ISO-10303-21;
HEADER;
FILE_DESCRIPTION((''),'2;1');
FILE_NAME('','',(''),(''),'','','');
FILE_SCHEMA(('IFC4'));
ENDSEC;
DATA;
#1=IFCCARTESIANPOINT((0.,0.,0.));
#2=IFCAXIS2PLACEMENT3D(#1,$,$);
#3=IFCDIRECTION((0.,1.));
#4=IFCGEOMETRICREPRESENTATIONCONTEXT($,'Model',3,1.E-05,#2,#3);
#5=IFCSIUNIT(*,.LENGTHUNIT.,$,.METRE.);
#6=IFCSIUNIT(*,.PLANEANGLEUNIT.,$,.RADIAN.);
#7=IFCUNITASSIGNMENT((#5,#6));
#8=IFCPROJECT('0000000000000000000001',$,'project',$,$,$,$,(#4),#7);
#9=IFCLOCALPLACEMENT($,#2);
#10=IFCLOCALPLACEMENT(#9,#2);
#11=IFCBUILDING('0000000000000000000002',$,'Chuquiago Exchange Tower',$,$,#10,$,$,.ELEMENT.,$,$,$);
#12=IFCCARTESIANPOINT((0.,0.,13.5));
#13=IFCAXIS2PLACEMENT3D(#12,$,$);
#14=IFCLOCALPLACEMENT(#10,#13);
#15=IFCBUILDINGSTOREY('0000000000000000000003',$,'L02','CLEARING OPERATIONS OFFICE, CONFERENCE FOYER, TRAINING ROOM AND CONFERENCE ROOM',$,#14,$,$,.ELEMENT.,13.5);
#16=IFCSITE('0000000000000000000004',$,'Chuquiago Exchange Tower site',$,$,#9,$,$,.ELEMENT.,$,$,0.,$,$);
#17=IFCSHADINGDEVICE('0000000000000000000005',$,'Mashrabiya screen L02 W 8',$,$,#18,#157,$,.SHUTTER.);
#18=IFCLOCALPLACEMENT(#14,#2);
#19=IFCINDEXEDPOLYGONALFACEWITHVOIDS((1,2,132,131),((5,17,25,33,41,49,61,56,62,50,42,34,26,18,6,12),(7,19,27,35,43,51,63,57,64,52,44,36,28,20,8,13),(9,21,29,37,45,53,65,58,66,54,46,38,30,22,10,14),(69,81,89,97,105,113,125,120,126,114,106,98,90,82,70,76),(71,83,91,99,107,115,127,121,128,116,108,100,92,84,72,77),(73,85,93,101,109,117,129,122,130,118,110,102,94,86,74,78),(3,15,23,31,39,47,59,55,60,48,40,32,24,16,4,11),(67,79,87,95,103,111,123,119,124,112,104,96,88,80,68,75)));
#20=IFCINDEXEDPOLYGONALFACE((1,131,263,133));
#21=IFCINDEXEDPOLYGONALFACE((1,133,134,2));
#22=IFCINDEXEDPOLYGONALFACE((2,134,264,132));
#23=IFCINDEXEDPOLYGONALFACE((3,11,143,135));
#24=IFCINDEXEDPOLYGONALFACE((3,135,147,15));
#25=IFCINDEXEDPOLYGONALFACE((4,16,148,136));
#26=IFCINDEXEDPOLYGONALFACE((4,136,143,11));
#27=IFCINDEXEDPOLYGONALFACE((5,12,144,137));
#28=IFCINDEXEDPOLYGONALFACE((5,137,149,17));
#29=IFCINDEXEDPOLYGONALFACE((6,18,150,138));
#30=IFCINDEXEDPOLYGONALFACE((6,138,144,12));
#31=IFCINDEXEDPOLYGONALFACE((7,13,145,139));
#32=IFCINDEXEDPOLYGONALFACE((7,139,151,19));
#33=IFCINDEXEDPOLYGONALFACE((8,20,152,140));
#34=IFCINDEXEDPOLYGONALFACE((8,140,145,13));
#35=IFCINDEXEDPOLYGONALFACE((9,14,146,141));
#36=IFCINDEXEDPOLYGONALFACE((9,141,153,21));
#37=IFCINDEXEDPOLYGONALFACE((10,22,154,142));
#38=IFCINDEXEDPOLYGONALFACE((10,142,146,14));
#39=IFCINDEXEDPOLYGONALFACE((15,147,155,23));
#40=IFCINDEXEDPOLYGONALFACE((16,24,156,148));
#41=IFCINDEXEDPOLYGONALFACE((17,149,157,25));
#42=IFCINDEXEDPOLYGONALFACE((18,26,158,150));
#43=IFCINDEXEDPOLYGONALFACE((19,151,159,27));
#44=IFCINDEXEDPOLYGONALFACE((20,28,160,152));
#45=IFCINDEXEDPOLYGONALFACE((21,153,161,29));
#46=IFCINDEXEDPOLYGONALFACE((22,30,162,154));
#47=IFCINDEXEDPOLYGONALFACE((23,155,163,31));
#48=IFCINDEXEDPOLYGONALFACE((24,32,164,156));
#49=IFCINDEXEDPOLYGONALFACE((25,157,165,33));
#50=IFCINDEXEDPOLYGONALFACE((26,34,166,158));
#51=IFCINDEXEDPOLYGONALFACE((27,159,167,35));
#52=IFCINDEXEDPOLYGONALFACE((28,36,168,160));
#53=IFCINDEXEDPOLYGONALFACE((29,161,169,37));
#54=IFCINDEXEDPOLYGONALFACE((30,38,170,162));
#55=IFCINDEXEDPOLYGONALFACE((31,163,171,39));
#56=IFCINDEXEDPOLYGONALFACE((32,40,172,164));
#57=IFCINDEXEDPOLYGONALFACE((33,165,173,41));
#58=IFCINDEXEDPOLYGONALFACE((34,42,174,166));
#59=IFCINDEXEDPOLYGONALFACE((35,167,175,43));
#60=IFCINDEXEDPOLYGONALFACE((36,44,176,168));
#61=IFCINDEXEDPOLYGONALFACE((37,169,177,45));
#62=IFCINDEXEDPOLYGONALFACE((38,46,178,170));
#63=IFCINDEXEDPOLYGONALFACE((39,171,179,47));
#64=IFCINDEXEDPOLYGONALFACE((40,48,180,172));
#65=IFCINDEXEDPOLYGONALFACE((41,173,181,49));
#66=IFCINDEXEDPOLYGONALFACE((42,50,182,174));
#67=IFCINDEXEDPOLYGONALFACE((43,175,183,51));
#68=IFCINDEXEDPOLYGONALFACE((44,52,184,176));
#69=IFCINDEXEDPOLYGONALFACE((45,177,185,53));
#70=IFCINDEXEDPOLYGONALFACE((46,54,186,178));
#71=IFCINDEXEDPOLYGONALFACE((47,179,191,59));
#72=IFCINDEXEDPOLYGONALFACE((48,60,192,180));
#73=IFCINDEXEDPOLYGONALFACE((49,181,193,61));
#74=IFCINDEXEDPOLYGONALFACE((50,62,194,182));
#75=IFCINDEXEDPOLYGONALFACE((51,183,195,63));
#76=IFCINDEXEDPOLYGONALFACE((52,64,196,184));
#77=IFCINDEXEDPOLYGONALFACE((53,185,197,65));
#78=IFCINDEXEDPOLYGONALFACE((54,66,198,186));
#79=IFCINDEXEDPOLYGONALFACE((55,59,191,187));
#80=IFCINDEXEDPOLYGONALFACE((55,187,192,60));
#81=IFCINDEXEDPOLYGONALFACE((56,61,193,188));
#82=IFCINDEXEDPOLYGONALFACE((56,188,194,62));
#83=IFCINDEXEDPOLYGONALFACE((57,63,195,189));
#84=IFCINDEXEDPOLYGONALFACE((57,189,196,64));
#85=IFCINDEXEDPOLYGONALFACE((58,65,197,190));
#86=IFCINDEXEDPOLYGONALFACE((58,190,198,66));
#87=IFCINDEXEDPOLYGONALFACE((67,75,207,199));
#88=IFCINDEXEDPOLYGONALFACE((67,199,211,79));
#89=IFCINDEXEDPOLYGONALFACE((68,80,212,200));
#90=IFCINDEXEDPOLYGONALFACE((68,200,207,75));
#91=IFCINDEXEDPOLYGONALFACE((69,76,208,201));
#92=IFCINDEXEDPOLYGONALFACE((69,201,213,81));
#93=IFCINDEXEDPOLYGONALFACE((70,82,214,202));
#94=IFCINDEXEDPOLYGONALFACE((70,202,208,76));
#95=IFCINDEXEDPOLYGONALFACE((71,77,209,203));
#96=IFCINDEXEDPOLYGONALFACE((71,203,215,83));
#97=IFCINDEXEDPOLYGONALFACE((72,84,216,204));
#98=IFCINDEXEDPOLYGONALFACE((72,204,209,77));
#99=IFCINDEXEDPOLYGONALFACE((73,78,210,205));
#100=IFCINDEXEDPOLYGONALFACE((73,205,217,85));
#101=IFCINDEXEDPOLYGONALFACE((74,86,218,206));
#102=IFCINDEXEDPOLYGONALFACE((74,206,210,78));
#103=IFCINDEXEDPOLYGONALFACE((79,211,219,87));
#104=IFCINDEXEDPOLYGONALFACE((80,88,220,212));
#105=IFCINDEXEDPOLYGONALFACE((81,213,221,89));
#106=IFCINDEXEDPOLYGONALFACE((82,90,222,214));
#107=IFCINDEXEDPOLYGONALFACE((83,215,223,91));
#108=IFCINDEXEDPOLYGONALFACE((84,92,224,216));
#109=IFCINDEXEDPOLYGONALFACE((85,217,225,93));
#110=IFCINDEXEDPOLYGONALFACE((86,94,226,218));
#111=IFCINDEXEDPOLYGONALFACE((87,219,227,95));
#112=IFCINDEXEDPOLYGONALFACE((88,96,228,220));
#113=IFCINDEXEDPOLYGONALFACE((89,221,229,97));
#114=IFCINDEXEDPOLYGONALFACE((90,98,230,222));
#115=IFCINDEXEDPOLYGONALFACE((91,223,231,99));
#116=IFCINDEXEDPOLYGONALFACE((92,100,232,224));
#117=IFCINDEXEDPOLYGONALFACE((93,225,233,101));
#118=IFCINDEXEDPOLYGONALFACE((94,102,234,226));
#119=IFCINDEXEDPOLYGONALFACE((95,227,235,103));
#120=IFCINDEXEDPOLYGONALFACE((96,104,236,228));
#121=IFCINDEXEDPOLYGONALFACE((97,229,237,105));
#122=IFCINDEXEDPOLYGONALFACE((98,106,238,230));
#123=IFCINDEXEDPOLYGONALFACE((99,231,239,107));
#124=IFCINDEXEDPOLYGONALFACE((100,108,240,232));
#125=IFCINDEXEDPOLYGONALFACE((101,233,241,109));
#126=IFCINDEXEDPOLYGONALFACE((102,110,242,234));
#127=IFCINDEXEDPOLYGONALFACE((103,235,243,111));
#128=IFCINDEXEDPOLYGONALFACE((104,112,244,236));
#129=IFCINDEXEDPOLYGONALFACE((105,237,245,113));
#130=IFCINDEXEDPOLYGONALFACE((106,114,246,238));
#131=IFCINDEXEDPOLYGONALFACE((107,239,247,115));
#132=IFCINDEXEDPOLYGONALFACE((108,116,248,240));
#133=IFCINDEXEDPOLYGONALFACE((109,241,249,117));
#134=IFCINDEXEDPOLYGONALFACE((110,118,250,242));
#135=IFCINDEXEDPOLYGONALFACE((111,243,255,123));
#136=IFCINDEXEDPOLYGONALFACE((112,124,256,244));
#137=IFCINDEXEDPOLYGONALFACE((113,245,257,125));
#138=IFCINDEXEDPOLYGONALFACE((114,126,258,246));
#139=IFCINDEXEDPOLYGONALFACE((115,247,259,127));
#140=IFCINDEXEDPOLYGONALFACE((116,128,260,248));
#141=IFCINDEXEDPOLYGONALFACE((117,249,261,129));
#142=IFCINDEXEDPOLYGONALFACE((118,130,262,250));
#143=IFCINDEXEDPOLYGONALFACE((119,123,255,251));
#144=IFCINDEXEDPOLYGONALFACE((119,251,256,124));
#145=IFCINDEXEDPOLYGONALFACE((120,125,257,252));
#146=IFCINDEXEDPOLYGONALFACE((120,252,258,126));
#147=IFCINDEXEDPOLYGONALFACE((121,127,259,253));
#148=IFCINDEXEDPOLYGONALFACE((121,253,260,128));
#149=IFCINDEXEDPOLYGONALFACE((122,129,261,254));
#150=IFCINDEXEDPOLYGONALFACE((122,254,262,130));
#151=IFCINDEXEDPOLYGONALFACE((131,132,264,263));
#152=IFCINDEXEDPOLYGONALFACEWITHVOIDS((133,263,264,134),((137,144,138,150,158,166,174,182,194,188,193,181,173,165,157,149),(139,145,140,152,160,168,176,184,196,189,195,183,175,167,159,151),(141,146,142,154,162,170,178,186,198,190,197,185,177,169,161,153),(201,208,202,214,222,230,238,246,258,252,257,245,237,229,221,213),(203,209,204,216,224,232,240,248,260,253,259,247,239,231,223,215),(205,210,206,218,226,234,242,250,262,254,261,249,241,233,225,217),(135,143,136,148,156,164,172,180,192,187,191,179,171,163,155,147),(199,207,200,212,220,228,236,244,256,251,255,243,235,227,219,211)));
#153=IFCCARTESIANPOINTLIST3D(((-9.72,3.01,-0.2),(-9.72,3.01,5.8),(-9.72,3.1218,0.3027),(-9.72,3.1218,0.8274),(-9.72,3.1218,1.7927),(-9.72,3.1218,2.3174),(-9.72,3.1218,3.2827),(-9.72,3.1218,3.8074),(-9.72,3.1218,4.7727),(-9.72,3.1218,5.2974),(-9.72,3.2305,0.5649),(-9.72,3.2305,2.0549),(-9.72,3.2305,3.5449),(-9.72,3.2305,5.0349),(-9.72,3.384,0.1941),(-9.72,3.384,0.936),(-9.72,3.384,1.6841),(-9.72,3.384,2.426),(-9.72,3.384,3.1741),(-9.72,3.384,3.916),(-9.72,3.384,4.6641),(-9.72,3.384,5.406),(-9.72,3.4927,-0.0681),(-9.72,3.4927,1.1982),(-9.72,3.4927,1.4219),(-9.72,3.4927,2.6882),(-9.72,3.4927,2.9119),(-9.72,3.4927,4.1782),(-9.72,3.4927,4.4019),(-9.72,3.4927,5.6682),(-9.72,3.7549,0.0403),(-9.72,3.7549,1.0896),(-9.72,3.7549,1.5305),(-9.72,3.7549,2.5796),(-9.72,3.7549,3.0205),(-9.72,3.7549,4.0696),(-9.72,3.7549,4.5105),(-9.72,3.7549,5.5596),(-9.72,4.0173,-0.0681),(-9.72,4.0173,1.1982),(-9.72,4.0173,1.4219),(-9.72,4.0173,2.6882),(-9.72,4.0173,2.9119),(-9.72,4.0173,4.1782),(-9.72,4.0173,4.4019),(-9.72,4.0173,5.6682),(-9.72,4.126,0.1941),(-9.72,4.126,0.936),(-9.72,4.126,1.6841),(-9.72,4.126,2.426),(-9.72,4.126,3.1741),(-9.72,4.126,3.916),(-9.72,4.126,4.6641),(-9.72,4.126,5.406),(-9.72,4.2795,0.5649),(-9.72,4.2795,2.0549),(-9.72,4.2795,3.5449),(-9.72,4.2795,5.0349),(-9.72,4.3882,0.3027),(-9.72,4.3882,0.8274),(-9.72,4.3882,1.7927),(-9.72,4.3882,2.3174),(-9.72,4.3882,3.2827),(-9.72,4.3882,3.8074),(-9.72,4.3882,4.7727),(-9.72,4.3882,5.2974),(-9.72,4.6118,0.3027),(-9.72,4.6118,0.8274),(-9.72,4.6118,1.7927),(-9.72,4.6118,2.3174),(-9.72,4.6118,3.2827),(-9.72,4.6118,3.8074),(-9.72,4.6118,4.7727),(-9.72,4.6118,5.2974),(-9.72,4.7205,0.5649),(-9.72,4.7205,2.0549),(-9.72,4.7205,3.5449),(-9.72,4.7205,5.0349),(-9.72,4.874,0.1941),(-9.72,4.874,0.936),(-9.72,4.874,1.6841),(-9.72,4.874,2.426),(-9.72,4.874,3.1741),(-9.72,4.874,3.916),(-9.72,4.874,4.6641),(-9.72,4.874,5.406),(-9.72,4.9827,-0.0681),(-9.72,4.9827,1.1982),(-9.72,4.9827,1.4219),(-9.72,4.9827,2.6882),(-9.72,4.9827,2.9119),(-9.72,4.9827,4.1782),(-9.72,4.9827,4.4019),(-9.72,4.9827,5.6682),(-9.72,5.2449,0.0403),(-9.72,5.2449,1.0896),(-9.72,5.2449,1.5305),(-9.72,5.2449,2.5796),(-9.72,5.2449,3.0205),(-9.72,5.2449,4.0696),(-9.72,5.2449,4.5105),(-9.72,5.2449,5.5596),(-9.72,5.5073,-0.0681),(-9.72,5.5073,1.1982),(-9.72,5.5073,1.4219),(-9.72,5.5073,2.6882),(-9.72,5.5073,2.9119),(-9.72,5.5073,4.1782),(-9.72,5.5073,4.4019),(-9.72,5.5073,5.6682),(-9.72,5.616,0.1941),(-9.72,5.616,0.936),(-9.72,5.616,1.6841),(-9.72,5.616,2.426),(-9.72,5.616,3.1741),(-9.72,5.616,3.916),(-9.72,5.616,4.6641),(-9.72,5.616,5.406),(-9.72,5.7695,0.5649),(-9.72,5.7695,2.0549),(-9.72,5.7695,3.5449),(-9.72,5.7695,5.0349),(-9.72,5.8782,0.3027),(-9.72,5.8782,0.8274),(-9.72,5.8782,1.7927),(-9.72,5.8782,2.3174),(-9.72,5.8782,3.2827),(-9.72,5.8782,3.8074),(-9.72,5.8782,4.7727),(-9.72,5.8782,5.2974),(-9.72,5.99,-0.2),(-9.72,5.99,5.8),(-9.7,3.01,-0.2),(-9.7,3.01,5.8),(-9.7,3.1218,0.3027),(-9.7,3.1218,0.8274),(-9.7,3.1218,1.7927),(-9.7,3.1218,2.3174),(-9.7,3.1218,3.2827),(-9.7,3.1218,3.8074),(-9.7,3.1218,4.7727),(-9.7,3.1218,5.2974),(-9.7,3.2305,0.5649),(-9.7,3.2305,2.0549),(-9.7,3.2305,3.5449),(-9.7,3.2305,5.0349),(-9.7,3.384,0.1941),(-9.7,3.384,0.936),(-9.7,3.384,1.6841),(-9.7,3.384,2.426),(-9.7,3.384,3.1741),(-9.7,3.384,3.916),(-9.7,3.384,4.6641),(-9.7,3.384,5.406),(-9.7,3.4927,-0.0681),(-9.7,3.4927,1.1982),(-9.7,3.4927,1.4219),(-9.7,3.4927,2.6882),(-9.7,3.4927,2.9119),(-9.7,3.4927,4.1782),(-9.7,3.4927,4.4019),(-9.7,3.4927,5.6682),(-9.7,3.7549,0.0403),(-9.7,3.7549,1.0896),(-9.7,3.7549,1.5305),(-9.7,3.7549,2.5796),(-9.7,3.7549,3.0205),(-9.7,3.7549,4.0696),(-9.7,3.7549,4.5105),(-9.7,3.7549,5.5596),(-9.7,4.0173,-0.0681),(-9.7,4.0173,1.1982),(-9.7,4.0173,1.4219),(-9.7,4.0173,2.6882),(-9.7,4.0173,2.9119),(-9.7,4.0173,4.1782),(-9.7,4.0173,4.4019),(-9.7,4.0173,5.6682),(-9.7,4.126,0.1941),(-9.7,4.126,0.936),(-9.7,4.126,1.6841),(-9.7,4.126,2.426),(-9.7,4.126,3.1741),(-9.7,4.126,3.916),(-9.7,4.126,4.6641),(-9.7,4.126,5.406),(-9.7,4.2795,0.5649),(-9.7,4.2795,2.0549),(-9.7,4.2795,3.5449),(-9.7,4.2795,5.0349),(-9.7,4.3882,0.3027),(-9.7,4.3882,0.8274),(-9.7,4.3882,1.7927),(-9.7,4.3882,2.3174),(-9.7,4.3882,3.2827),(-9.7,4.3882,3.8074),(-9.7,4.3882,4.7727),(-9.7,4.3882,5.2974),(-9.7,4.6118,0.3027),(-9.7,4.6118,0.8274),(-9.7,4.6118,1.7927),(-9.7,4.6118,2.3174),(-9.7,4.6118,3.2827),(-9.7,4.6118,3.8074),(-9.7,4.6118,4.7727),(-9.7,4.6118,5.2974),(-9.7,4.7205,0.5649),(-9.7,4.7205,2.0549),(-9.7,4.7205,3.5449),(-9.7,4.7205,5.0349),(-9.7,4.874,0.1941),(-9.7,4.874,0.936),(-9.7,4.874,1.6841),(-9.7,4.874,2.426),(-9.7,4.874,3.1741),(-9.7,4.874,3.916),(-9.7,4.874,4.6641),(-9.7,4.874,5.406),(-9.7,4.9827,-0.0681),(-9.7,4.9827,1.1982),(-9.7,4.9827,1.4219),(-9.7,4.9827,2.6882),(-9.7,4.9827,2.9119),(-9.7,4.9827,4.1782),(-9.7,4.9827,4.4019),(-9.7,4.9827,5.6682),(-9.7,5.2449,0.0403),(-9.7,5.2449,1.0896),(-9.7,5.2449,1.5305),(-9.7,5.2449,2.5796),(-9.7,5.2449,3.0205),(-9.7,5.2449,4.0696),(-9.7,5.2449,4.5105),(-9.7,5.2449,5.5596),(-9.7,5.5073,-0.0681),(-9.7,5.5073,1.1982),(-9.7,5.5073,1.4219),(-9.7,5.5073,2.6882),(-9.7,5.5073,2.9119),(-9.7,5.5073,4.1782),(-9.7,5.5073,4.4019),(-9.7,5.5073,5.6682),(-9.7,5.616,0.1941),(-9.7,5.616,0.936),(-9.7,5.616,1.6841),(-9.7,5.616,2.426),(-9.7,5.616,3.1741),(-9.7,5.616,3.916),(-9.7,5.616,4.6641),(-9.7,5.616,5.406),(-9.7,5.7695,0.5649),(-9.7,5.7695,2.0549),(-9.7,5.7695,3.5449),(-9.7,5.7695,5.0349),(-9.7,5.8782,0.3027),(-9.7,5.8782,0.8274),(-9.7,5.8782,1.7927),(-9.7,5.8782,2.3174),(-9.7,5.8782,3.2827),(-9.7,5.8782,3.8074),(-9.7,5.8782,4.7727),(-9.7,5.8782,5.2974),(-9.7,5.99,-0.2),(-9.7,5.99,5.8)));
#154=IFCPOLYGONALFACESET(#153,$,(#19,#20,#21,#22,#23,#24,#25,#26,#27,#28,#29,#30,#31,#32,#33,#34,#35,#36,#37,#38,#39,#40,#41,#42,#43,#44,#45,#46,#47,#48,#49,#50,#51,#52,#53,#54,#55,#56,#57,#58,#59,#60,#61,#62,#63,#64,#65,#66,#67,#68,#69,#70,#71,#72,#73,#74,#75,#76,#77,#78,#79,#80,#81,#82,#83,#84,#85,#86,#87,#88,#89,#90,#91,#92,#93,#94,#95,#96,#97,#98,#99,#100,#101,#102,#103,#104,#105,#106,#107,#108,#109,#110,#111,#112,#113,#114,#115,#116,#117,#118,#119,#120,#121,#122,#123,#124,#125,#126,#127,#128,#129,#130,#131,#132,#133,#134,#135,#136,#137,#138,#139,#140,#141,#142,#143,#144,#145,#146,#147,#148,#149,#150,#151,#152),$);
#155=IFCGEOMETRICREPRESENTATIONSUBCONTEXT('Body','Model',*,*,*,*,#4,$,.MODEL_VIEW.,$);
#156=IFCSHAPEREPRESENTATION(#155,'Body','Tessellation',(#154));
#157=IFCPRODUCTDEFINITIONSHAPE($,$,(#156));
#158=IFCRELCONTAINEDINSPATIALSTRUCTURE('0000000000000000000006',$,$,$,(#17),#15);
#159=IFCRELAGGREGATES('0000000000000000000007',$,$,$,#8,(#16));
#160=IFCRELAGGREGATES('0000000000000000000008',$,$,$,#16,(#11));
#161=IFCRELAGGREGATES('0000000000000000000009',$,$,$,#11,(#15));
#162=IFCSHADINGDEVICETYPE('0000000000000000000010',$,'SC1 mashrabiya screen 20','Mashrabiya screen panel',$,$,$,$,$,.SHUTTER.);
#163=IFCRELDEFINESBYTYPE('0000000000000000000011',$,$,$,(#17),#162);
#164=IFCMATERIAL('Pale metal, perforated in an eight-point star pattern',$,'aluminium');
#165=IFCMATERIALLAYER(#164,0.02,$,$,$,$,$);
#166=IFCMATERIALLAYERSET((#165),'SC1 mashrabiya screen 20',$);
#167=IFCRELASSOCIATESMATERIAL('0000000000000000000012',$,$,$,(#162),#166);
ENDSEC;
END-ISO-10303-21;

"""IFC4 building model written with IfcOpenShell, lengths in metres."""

from ifc_helpers import new_model, si_unit, direction, frame, origin, place, context, subcontext, project, spatial, polyline, outline, extrude, material, layer, layer_set, type_object, element, save


model = new_model("IFC4")

# Units and contexts
model_context = context("Model", 3, precision=1e-05, world=origin(), true_north=direction((0.0, 1.0)))
body_context = subcontext(model_context, "Body", "Model", "MODEL_VIEW")
ifc_project = project(units=[si_unit("LENGTHUNIT", "METRE"), si_unit("PLANEANGLEUNIT", "RADIAN")], contexts=[model_context])

# Site, building, storey
site_placement = place(None, origin())
site = spatial("IfcSite", under=ifc_project, at=site_placement, Name="Chuquiago Exchange Tower site", CompositionType="ELEMENT", RefElevation=0.0)
building_placement = place(site_placement, origin())
building = spatial("IfcBuilding", under=site, at=building_placement, Name="Chuquiago Exchange Tower", CompositionType="ELEMENT")
storey_placement = place(building_placement, frame((0.0, 0.0, 13.5)))
storey = spatial("IfcBuildingStorey", under=building, at=storey_placement, Name="L02", Description="CLEARING OPERATIONS OFFICE, CONFERENCE FOYER, TRAINING ROOM AND CONFERENCE ROOM", CompositionType="ELEMENT", Elevation=13.5)

# Shading device
ifc_material_1 = material(Name="Pale metal, perforated in an eight-point star pattern", Category="aluminium")
ifc_layer_1 = layer(ifc_material_1, 0.02)
ifc_layer_set_1 = layer_set([ifc_layer_1], Name="SC1 mashrabiya screen 20")
shading_device_type = type_object("IfcShadingDeviceType", Name="SC1 mashrabiya screen 20", Description="Mashrabiya screen panel", PredefinedType="SHUTTER", material=ifc_layer_set_1)
shading_device_1_placement = place(storey_placement, frame((-9.7, 5.99, -0.2), z_axis=(0.0, 0.0, 1.0), x_axis=(0.0, -1.0, 0.0)))
element("IfcShadingDevice", 1, at=shading_device_1_placement, inside=storey, type_object=shading_device_type, Name="Mashrabiya screen L02 W 8", PredefinedType="SHUTTER", context=body_context, shape_type="SweptSolid", body=[
    extrude(outline(polyline([(0.0, 0.0), (2.98, 0.0), (2.98, 6.0), (0.0, 6.0), (0.0, 0.0)]), holes=[polyline([(1.2695, 0.7649), (1.3782, 1.0273), (1.116, 1.136), (1.0073, 1.3982), (0.7451, 1.2896), (0.4827, 1.3982), (0.374, 1.136), (0.1118, 1.0273), (0.2205, 0.7649), (0.1118, 0.5027), (0.374, 0.394), (0.4827, 0.1318), (0.7451, 0.2402), (1.0073, 0.1318), (1.116, 0.394), (1.3782, 0.5027), (1.2695, 0.7649)]), polyline([(2.7595, 0.7649), (2.8682, 1.0273), (2.606, 1.136), (2.4973, 1.3982), (2.2351, 1.2896), (1.9727, 1.3982), (1.864, 1.136), (1.6018, 1.0273), (1.7104, 0.7649), (1.6018, 0.5027), (1.864, 0.394), (1.9727, 0.1318), (2.2351, 0.2402), (2.4973, 0.1318), (2.606, 0.394), (2.8682, 0.5027), (2.7595, 0.7649)]), polyline([(1.2695, 2.2549), (1.3782, 2.5173), (1.116, 2.626), (1.0073, 2.8882), (0.7451, 2.7795), (0.4827, 2.8882), (0.374, 2.626), (0.1118, 2.5173), (0.2205, 2.2549), (0.1118, 1.9927), (0.374, 1.884), (0.4827, 1.6218), (0.7451, 1.7305), (1.0073, 1.6218), (1.116, 1.884), (1.3782, 1.9927), (1.2695, 2.2549)]), polyline([(2.7595, 2.2549), (2.8682, 2.5173), (2.606, 2.626), (2.4973, 2.8882), (2.2351, 2.7795), (1.9727, 2.8882), (1.864, 2.626), (1.6018, 2.5173), (1.7104, 2.2549), (1.6018, 1.9927), (1.864, 1.884), (1.9727, 1.6218), (2.2351, 1.7305), (2.4973, 1.6218), (2.606, 1.884), (2.8682, 1.9927), (2.7595, 2.2549)]), polyline([(1.2695, 3.7449), (1.3782, 4.0073), (1.116, 4.116), (1.0073, 4.3782), (0.7451, 4.2695), (0.4827, 4.3782), (0.374, 4.116), (0.1118, 4.0073), (0.2205, 3.7449), (0.1118, 3.4827), (0.374, 3.374), (0.4827, 3.1118), (0.7451, 3.2205), (1.0073, 3.1118), (1.116, 3.374), (1.3782, 3.4827), (1.2695, 3.7449)]), polyline([(2.7595, 3.7449), (2.8682, 4.0073), (2.606, 4.116), (2.4973, 4.3782), (2.2351, 4.2695), (1.9727, 4.3782), (1.864, 4.116), (1.6018, 4.0073), (1.7104, 3.7449), (1.6018, 3.4827), (1.864, 3.374), (1.9727, 3.1118), (2.2351, 3.2205), (2.4973, 3.1118), (2.606, 3.374), (2.8682, 3.4827), (2.7595, 3.7449)]), polyline([(1.2695, 5.2349), (1.3782, 5.4973), (1.116, 5.606), (1.0073, 5.8682), (0.7451, 5.7595), (0.4827, 5.8682), (0.374, 5.606), (0.1118, 5.4973), (0.2205, 5.2349), (0.1118, 4.9727), (0.374, 4.864), (0.4827, 4.6018), (0.7451, 4.7104), (1.0073, 4.6018), (1.116, 4.864), (1.3782, 4.9727), (1.2695, 5.2349)]), polyline([(2.7595, 5.2349), (2.8682, 5.4973), (2.606, 5.606), (2.4973, 5.8682), (2.2351, 5.7595), (1.9727, 5.8682), (1.864, 5.606), (1.6018, 5.4973), (1.7104, 5.2349), (1.6018, 4.9727), (1.864, 4.864), (1.9727, 4.6018), (2.2351, 4.7104), (2.4973, 4.6018), (2.606, 4.864), (2.8682, 4.9727), (2.7595, 5.2349)])]), frame((0.0, 0.0, 0.0), z_axis=(0.0, -1.0, 0.0), x_axis=(1.0, 0.0, 0.0)), (0.0, 0.0, 1.0), 0.02),
])

save(model, "model.ifc")
